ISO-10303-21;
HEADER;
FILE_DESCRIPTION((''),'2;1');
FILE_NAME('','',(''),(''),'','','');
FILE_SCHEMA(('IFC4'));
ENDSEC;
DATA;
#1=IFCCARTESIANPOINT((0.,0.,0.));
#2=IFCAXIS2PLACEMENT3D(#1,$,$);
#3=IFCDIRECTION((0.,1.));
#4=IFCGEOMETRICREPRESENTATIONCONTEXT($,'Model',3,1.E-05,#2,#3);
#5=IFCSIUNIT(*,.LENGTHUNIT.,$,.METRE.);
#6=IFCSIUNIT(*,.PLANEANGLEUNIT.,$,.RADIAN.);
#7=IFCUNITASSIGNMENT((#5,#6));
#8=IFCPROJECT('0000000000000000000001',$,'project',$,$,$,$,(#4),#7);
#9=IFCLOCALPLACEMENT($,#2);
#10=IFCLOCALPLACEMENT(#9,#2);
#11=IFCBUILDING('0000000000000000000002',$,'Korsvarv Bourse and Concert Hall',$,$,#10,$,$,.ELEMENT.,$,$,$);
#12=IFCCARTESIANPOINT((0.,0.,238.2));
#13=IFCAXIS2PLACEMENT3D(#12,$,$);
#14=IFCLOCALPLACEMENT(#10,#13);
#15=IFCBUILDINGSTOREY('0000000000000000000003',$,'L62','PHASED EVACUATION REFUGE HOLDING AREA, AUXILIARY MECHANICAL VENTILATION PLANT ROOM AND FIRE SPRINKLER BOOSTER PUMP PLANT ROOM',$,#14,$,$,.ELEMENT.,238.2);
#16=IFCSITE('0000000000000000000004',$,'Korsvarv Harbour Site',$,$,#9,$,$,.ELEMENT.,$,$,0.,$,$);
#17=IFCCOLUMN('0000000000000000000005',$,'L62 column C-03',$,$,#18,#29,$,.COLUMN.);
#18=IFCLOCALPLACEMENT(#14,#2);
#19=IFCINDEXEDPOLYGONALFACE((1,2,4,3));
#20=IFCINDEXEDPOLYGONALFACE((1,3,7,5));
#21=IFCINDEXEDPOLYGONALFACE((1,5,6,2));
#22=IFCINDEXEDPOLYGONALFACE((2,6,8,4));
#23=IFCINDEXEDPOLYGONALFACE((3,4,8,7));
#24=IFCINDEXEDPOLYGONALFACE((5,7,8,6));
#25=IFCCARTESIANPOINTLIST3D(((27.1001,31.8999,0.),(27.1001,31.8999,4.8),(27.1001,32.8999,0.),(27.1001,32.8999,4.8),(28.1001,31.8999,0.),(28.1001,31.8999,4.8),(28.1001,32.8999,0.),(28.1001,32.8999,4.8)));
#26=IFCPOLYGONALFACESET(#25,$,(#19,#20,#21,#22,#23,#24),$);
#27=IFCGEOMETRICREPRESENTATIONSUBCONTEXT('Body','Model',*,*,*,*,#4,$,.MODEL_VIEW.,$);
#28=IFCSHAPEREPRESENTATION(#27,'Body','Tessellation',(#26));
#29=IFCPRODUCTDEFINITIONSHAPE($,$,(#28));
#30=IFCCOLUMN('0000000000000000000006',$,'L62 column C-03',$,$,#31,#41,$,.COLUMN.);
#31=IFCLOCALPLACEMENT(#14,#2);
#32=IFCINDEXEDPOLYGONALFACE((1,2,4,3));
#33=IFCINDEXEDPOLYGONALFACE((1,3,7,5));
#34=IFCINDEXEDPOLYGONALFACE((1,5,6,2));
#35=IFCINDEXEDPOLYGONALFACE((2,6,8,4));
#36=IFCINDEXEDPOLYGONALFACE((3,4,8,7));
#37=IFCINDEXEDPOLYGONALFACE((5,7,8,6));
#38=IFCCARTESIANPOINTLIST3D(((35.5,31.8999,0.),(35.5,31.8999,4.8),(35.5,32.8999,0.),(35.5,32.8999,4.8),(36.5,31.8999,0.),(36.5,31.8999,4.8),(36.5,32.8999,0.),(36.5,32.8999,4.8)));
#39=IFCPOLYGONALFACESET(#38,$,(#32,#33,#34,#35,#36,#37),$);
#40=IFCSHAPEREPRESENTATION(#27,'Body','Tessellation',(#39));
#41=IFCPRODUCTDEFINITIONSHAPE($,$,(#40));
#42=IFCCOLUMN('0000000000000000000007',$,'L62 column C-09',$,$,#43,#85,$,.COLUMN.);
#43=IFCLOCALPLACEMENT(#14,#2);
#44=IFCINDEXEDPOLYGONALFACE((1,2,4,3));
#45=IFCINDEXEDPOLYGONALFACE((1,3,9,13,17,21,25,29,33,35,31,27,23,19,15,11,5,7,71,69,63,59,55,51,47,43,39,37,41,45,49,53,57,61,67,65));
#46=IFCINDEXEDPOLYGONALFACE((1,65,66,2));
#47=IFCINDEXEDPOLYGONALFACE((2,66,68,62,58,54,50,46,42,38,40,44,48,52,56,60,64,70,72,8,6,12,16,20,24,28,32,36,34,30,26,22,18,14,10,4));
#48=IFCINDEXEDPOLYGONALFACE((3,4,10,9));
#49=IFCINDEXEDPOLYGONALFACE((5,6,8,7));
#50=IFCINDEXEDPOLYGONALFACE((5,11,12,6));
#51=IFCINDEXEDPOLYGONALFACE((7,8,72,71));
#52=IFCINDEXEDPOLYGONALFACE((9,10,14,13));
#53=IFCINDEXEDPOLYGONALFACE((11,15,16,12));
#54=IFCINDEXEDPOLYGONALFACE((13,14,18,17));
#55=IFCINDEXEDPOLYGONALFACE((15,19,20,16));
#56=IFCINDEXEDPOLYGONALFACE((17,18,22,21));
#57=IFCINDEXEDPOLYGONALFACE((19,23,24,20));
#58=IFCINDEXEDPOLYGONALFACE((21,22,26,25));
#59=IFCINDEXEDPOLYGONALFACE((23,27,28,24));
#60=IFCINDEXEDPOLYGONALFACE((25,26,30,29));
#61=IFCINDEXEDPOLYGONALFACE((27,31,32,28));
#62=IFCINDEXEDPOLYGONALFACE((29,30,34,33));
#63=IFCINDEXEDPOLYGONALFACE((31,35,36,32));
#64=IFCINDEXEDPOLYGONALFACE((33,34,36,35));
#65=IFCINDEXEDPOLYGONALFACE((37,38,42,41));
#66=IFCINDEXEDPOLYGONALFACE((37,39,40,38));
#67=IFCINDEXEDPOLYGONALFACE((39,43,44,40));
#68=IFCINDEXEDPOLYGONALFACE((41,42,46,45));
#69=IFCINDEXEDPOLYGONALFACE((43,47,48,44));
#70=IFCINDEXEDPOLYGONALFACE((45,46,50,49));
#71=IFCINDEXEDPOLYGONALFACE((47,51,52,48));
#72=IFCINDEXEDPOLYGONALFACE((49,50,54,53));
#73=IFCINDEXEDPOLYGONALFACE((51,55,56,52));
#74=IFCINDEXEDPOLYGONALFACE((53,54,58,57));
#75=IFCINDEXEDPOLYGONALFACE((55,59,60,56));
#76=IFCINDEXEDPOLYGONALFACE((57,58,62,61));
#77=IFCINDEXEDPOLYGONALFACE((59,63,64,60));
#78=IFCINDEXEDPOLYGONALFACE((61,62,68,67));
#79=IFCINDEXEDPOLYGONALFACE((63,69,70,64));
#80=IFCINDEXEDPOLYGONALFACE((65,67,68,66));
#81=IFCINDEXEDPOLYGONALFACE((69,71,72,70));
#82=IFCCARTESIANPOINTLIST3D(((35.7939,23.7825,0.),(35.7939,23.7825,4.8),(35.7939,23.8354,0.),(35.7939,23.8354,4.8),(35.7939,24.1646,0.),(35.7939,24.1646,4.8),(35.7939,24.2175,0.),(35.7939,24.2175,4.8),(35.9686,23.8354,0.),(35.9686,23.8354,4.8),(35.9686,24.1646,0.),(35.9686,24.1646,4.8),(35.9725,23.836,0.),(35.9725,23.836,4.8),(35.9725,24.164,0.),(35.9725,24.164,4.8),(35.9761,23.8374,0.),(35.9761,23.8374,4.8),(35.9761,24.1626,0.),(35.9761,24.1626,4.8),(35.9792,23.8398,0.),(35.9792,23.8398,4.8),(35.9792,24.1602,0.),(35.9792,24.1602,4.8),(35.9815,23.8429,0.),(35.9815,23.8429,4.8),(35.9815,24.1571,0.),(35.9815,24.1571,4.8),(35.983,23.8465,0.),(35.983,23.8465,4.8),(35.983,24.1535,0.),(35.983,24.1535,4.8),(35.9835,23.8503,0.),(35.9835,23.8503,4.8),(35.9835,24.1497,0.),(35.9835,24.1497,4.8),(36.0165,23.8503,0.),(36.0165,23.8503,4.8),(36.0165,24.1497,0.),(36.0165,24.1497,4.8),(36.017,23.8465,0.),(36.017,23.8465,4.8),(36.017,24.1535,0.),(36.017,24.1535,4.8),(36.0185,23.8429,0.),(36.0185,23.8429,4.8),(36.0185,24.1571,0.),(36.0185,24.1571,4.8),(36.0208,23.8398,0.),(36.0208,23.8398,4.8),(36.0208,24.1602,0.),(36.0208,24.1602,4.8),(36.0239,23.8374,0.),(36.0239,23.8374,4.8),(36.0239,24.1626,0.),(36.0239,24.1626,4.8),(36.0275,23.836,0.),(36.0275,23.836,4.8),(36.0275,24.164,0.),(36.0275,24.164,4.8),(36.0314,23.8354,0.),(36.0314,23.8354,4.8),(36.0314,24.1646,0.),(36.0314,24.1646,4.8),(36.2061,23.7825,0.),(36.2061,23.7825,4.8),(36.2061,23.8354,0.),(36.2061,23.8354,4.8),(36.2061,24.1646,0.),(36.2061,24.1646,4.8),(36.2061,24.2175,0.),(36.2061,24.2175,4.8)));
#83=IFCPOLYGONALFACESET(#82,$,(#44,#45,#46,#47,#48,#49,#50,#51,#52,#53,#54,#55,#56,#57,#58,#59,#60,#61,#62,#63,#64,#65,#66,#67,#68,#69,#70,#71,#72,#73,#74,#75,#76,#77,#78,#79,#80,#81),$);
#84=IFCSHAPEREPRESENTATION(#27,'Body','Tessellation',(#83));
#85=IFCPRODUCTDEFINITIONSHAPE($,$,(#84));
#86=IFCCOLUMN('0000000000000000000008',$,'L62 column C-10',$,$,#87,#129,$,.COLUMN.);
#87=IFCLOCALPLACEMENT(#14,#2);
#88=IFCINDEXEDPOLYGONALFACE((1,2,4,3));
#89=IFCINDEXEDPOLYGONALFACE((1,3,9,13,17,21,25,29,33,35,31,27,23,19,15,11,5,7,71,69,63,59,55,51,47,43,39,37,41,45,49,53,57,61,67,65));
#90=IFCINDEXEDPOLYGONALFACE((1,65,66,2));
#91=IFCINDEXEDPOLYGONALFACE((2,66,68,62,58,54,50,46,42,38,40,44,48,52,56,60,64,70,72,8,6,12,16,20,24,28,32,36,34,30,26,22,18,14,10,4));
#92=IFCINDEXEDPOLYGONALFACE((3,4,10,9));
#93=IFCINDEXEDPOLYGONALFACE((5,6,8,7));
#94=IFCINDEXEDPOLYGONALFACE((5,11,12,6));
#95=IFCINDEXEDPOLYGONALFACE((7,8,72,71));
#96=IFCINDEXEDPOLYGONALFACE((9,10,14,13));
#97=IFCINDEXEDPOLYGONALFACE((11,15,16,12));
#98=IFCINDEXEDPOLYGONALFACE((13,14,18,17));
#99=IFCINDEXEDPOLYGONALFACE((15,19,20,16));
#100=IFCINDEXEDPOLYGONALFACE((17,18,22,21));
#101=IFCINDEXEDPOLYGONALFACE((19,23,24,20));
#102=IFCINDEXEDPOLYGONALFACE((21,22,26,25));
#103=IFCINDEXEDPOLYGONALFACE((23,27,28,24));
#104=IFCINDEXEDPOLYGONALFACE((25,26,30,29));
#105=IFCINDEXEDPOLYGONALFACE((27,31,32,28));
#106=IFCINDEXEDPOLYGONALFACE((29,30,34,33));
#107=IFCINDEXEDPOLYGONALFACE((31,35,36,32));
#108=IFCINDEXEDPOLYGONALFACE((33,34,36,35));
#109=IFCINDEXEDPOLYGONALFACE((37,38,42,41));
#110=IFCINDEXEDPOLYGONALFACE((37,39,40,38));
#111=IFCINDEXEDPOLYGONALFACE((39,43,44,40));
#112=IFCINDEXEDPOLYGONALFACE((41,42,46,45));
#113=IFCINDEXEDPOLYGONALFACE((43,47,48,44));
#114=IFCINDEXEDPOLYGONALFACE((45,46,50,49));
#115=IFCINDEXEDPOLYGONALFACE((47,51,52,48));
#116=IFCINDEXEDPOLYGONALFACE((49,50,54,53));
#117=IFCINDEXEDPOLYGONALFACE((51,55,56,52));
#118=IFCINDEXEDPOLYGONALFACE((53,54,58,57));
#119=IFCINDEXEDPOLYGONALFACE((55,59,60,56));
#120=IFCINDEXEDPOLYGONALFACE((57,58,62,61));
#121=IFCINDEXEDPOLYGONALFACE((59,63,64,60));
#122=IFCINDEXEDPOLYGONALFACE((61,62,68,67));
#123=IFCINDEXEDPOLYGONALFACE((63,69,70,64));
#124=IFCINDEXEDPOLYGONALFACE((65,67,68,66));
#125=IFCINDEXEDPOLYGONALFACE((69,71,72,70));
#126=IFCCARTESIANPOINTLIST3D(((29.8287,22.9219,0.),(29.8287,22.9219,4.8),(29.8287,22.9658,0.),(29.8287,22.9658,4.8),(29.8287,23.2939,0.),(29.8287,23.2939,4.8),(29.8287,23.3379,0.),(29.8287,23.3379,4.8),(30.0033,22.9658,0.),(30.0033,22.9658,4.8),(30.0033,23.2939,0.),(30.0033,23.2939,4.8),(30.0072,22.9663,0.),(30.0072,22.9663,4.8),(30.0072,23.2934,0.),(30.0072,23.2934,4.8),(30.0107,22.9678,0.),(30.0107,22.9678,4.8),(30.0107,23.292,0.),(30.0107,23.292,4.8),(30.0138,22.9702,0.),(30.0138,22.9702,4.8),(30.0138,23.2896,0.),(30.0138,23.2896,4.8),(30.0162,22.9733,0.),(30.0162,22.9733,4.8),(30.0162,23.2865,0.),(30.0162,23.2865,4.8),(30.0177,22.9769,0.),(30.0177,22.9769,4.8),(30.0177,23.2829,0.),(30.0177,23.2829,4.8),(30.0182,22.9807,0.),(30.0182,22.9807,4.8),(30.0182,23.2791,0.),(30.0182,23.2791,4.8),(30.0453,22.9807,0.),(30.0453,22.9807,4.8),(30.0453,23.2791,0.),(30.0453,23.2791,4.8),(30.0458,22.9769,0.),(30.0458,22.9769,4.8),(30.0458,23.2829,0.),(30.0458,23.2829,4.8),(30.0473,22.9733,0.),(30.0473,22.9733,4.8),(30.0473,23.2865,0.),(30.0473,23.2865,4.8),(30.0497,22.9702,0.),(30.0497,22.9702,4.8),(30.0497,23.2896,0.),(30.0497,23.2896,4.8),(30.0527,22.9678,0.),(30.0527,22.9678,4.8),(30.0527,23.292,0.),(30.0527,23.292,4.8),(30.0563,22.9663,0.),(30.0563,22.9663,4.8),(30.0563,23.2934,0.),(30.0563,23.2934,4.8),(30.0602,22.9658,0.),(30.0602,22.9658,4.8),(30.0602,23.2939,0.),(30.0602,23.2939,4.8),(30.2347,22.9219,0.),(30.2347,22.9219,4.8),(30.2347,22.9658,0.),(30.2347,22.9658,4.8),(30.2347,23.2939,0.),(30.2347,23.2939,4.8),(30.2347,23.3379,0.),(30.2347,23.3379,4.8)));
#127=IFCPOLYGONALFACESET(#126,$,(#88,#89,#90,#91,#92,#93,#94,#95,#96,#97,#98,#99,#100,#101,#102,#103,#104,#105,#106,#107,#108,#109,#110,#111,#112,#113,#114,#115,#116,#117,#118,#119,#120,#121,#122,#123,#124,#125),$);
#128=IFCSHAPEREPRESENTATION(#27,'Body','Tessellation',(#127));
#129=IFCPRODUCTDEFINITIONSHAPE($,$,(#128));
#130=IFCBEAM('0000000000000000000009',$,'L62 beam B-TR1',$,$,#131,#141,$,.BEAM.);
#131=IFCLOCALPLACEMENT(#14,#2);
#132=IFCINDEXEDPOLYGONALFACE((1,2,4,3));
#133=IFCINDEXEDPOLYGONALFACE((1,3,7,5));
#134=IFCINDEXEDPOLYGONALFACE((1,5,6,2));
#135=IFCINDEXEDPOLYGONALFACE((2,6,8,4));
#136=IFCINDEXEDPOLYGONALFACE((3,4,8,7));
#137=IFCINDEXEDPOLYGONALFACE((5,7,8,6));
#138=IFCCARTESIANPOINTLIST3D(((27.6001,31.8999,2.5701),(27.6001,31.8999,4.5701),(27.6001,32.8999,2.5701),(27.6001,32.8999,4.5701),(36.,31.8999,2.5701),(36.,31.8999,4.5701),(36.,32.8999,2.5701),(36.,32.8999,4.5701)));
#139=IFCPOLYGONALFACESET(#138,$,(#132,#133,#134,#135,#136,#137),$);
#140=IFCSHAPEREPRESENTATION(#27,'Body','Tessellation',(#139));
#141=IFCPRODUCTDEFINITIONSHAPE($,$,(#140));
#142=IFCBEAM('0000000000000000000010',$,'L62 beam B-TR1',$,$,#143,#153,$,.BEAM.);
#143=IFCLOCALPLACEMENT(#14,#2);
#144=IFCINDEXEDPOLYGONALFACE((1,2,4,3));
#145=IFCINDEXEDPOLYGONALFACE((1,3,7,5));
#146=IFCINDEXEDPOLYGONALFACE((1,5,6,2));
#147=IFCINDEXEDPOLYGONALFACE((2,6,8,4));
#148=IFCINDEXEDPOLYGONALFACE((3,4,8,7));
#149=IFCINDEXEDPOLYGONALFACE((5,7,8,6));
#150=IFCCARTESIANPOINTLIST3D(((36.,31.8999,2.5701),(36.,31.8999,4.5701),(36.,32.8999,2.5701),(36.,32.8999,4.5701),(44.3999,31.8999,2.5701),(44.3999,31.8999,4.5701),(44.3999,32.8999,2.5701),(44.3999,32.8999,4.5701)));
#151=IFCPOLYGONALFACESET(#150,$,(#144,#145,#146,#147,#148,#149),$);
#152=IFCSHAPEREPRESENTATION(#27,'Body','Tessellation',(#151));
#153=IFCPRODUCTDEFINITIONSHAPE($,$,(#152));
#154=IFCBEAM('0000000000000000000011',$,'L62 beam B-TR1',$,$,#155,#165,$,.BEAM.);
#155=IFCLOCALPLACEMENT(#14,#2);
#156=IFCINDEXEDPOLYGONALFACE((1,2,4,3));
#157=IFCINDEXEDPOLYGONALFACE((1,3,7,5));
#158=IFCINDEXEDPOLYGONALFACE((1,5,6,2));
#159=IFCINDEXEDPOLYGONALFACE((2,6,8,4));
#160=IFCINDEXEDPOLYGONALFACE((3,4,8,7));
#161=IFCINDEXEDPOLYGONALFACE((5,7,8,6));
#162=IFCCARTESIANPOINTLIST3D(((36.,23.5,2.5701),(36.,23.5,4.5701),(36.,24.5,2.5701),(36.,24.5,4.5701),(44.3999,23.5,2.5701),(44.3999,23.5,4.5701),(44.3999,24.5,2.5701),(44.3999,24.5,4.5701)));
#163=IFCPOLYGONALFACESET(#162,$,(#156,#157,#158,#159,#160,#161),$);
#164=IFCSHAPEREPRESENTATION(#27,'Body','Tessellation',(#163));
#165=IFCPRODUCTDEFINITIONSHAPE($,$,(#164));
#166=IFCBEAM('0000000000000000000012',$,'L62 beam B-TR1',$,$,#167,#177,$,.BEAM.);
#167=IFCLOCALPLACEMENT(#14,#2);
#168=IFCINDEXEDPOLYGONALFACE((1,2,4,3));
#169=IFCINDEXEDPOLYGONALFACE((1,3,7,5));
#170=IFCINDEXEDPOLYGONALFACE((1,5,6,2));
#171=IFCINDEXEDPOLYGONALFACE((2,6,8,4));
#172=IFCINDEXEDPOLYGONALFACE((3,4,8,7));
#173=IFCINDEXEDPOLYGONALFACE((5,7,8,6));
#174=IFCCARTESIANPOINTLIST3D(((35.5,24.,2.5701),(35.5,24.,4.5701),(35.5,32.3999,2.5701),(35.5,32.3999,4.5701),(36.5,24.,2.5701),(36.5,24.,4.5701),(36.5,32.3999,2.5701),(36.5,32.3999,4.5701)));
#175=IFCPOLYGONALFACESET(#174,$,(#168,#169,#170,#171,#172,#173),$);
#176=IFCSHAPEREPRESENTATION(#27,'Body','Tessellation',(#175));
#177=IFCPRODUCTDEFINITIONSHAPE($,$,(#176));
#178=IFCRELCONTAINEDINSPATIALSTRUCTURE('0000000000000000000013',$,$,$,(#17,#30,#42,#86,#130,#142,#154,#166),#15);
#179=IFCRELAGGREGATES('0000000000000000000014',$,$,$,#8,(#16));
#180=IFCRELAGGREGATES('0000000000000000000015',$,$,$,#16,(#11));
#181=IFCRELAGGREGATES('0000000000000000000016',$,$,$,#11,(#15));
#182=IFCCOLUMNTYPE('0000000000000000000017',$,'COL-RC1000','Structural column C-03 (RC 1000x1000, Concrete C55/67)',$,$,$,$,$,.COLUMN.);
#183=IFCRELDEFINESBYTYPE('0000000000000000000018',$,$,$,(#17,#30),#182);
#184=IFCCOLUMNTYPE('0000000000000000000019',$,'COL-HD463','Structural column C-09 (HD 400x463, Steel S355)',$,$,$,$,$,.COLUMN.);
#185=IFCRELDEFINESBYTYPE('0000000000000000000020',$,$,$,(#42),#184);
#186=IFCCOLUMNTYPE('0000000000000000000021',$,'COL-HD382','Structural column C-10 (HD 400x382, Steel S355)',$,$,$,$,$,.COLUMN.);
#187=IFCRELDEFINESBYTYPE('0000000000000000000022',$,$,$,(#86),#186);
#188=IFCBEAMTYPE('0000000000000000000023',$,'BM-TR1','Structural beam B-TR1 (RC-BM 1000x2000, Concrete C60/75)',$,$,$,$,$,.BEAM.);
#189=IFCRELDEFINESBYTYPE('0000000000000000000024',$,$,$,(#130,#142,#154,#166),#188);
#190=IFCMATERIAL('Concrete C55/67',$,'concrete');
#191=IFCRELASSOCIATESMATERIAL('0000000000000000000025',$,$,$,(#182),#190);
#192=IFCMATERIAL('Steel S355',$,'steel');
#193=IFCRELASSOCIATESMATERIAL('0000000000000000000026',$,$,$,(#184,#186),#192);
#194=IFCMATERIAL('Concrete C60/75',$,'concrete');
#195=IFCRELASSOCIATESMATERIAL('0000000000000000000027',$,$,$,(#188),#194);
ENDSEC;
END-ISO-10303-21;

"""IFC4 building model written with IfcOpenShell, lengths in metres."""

from ifc_helpers import new_model, si_unit, direction, frame, origin, origin_2d, place, context, subcontext, project, spatial, rectangle, i_section, extrude, source, transform, mapped, material, material_profile, profile_set, type_object, element, save


model = new_model("IFC4")

# Units and contexts
model_context = context("Model", 3, precision=1e-05, world=origin(), true_north=direction((0.0, 1.0)))
body_context = subcontext(model_context, "Body", "Model", "MODEL_VIEW")
ifc_project = project(units=[si_unit("LENGTHUNIT", "METRE"), si_unit("PLANEANGLEUNIT", "RADIAN")], contexts=[model_context])

# Site, building, storey
site_placement = place(None, origin())
site = spatial("IfcSite", under=ifc_project, at=site_placement, Name="Korsvarv Harbour Site", CompositionType="ELEMENT", RefElevation=0.0)
building_placement = place(site_placement, origin())
building = spatial("IfcBuilding", under=site, at=building_placement, Name="Korsvarv Bourse and Concert Hall", CompositionType="ELEMENT")
storey_placement = place(building_placement, frame((0.0, 0.0, 238.2)))
storey = spatial("IfcBuildingStorey", under=building, at=storey_placement, Name="L62", Description="PHASED EVACUATION REFUGE HOLDING AREA, AUXILIARY MECHANICAL VENTILATION PLANT ROOM AND FIRE SPRINKLER BOOSTER PUMP PLANT ROOM", CompositionType="ELEMENT", Elevation=238.2)

# Columns
ifc_material_1 = material(Name="Concrete C55/67", Category="concrete")
ifc_material_profile_1 = material_profile(ifc_material_1, rectangle(XDim=1.0, YDim=1.0, at=origin_2d()), Name="RC 1000x1000")
ifc_profile_set_1 = profile_set([ifc_material_profile_1], Name="Concrete C55/67")
column_type_1 = type_object("IfcColumnType", Name="COL-RC1000", Description="Structural column C-03 (RC 1000x1000, Concrete C55/67)", PredefinedType="COLUMN", material=ifc_profile_set_1)
shared_shape_1 = source(origin(), body_context, "Body", "SweptSolid", [
    extrude(rectangle(XDim=1.0, YDim=1.0, at=origin_2d()), origin(), (0.0, 0.0, 1.0), 4.8),
])
for number, where, z_axis, x_axis, name in (
    (1, (27.6001, 32.3999, 0.0), (0.0, 0.0, 1.0), (1.0, 0.0, 0.0), "L62 column C-03"),
    (2, (36.0, 32.3999, 0.0), (0.0, 0.0, 1.0), (1.0, 0.0, 0.0), "L62 column C-03"),
):
    element("IfcColumn", number, at=place(storey_placement, frame(where, z_axis=z_axis, x_axis=x_axis)), inside=storey, type_object=column_type_1, Name=name, PredefinedType="COLUMN", context=body_context, shape_type="MappedRepresentation", body=[
        mapped(shared_shape_1, transform((0.0, 0.0, 0.0), scale=1.0)),
    ])
ifc_material_2 = material(Name="Steel S355", Category="steel")
ifc_material_profile_2 = material_profile(ifc_material_2, i_section(OverallWidth=0.4121, OverallDepth=0.4351, WebThickness=0.033, FlangeThickness=0.053, FilletRadius=0.0149, at=origin_2d()), Name="HD 400x463")
ifc_profile_set_2 = profile_set([ifc_material_profile_2], Name="Steel S355")
column_type_2 = type_object("IfcColumnType", Name="COL-HD463", Description="Structural column C-09 (HD 400x463, Steel S355)", PredefinedType="COLUMN", material=ifc_profile_set_2)
shared_shape_2 = source(origin(), body_context, "Body", "SweptSolid", [
    extrude(i_section(OverallWidth=0.4121, OverallDepth=0.4351, WebThickness=0.033, FlangeThickness=0.053, FilletRadius=0.0149, at=origin_2d()), origin(), (0.0, 0.0, 1.0), 4.8),
])
column_1_placement = place(storey_placement, frame((36.0, 24.0, 0.0), z_axis=(0.0, 0.0, 1.0), x_axis=(1.0, 0.0, 0.0)))
element("IfcColumn", 3, at=column_1_placement, inside=storey, type_object=column_type_2, Name="L62 column C-09", PredefinedType="COLUMN", context=body_context, shape_type="MappedRepresentation", body=[
    mapped(shared_shape_2, transform((0.0, 0.0, 0.0), scale=1.0)),
])
ifc_material_profile_3 = material_profile(ifc_material_2, i_section(OverallWidth=0.406, OverallDepth=0.416, WebThickness=0.0271, FlangeThickness=0.0439, FilletRadius=0.0149, at=origin_2d()), Name="HD 400x382")
ifc_profile_set_3 = profile_set([ifc_material_profile_3], Name="Steel S355")
column_type_3 = type_object("IfcColumnType", Name="COL-HD382", Description="Structural column C-10 (HD 400x382, Steel S355)", PredefinedType="COLUMN", material=ifc_profile_set_3)
shared_shape_3 = source(origin(), body_context, "Body", "SweptSolid", [
    extrude(i_section(OverallWidth=0.406, OverallDepth=0.416, WebThickness=0.0271, FlangeThickness=0.0439, FilletRadius=0.0149, at=origin_2d()), origin(), (0.0, 0.0, 1.0), 4.8),
])
column_2_placement = place(storey_placement, frame((30.0317, 23.1299, 0.0), z_axis=(0.0, 0.0, 1.0), x_axis=(1.0, 0.0, 0.0)))
element("IfcColumn", 4, at=column_2_placement, inside=storey, type_object=column_type_3, Name="L62 column C-10", PredefinedType="COLUMN", context=body_context, shape_type="MappedRepresentation", body=[
    mapped(shared_shape_3, transform((0.0, 0.0, 0.0), scale=1.0)),
])

# Beams
ifc_material_3 = material(Name="Concrete C60/75", Category="concrete")
ifc_material_profile_4 = material_profile(ifc_material_3, rectangle(XDim=1.0, YDim=2.0, at=origin_2d()), Name="RC-BM 1000x2000")
ifc_profile_set_4 = profile_set([ifc_material_profile_4], Name="Concrete C60/75")
beam_type = type_object("IfcBeamType", Name="BM-TR1", Description="Structural beam B-TR1 (RC-BM 1000x2000, Concrete C60/75)", PredefinedType="BEAM", material=ifc_profile_set_4)
shared_shape_4 = source(origin(), body_context, "Body", "SweptSolid", [
    extrude(rectangle(XDim=1.0, YDim=2.0, at=origin_2d()), origin(), (0.0, 0.0, 1.0), 8.3999),
])
for number, where, z_axis, x_axis, name in (
    (5, (27.6001, 32.3999, 3.5701), (1.0, 0.0, 0.0), (0.0, 1.0, 0.0), "L62 beam B-TR1"),
    (6, (36.0, 32.3999, 3.5701), (1.0, 0.0, 0.0), (0.0, 1.0, 0.0), "L62 beam B-TR1"),
    (7, (36.0, 24.0, 3.5701), (1.0, 0.0, 0.0), (0.0, 1.0, 0.0), "L62 beam B-TR1"),
    (8, (36.0, 24.0, 3.5701), (0.0, 1.0, 0.0), (-1.0, 0.0, 0.0), "L62 beam B-TR1"),
):
    element("IfcBeam", number, at=place(storey_placement, frame(where, z_axis=z_axis, x_axis=x_axis)), inside=storey, type_object=beam_type, Name=name, PredefinedType="BEAM", context=body_context, shape_type="MappedRepresentation", body=[
        mapped(shared_shape_4, transform((0.0, 0.0, 0.0), scale=1.0)),
    ])

save(model, "model.ifc")
